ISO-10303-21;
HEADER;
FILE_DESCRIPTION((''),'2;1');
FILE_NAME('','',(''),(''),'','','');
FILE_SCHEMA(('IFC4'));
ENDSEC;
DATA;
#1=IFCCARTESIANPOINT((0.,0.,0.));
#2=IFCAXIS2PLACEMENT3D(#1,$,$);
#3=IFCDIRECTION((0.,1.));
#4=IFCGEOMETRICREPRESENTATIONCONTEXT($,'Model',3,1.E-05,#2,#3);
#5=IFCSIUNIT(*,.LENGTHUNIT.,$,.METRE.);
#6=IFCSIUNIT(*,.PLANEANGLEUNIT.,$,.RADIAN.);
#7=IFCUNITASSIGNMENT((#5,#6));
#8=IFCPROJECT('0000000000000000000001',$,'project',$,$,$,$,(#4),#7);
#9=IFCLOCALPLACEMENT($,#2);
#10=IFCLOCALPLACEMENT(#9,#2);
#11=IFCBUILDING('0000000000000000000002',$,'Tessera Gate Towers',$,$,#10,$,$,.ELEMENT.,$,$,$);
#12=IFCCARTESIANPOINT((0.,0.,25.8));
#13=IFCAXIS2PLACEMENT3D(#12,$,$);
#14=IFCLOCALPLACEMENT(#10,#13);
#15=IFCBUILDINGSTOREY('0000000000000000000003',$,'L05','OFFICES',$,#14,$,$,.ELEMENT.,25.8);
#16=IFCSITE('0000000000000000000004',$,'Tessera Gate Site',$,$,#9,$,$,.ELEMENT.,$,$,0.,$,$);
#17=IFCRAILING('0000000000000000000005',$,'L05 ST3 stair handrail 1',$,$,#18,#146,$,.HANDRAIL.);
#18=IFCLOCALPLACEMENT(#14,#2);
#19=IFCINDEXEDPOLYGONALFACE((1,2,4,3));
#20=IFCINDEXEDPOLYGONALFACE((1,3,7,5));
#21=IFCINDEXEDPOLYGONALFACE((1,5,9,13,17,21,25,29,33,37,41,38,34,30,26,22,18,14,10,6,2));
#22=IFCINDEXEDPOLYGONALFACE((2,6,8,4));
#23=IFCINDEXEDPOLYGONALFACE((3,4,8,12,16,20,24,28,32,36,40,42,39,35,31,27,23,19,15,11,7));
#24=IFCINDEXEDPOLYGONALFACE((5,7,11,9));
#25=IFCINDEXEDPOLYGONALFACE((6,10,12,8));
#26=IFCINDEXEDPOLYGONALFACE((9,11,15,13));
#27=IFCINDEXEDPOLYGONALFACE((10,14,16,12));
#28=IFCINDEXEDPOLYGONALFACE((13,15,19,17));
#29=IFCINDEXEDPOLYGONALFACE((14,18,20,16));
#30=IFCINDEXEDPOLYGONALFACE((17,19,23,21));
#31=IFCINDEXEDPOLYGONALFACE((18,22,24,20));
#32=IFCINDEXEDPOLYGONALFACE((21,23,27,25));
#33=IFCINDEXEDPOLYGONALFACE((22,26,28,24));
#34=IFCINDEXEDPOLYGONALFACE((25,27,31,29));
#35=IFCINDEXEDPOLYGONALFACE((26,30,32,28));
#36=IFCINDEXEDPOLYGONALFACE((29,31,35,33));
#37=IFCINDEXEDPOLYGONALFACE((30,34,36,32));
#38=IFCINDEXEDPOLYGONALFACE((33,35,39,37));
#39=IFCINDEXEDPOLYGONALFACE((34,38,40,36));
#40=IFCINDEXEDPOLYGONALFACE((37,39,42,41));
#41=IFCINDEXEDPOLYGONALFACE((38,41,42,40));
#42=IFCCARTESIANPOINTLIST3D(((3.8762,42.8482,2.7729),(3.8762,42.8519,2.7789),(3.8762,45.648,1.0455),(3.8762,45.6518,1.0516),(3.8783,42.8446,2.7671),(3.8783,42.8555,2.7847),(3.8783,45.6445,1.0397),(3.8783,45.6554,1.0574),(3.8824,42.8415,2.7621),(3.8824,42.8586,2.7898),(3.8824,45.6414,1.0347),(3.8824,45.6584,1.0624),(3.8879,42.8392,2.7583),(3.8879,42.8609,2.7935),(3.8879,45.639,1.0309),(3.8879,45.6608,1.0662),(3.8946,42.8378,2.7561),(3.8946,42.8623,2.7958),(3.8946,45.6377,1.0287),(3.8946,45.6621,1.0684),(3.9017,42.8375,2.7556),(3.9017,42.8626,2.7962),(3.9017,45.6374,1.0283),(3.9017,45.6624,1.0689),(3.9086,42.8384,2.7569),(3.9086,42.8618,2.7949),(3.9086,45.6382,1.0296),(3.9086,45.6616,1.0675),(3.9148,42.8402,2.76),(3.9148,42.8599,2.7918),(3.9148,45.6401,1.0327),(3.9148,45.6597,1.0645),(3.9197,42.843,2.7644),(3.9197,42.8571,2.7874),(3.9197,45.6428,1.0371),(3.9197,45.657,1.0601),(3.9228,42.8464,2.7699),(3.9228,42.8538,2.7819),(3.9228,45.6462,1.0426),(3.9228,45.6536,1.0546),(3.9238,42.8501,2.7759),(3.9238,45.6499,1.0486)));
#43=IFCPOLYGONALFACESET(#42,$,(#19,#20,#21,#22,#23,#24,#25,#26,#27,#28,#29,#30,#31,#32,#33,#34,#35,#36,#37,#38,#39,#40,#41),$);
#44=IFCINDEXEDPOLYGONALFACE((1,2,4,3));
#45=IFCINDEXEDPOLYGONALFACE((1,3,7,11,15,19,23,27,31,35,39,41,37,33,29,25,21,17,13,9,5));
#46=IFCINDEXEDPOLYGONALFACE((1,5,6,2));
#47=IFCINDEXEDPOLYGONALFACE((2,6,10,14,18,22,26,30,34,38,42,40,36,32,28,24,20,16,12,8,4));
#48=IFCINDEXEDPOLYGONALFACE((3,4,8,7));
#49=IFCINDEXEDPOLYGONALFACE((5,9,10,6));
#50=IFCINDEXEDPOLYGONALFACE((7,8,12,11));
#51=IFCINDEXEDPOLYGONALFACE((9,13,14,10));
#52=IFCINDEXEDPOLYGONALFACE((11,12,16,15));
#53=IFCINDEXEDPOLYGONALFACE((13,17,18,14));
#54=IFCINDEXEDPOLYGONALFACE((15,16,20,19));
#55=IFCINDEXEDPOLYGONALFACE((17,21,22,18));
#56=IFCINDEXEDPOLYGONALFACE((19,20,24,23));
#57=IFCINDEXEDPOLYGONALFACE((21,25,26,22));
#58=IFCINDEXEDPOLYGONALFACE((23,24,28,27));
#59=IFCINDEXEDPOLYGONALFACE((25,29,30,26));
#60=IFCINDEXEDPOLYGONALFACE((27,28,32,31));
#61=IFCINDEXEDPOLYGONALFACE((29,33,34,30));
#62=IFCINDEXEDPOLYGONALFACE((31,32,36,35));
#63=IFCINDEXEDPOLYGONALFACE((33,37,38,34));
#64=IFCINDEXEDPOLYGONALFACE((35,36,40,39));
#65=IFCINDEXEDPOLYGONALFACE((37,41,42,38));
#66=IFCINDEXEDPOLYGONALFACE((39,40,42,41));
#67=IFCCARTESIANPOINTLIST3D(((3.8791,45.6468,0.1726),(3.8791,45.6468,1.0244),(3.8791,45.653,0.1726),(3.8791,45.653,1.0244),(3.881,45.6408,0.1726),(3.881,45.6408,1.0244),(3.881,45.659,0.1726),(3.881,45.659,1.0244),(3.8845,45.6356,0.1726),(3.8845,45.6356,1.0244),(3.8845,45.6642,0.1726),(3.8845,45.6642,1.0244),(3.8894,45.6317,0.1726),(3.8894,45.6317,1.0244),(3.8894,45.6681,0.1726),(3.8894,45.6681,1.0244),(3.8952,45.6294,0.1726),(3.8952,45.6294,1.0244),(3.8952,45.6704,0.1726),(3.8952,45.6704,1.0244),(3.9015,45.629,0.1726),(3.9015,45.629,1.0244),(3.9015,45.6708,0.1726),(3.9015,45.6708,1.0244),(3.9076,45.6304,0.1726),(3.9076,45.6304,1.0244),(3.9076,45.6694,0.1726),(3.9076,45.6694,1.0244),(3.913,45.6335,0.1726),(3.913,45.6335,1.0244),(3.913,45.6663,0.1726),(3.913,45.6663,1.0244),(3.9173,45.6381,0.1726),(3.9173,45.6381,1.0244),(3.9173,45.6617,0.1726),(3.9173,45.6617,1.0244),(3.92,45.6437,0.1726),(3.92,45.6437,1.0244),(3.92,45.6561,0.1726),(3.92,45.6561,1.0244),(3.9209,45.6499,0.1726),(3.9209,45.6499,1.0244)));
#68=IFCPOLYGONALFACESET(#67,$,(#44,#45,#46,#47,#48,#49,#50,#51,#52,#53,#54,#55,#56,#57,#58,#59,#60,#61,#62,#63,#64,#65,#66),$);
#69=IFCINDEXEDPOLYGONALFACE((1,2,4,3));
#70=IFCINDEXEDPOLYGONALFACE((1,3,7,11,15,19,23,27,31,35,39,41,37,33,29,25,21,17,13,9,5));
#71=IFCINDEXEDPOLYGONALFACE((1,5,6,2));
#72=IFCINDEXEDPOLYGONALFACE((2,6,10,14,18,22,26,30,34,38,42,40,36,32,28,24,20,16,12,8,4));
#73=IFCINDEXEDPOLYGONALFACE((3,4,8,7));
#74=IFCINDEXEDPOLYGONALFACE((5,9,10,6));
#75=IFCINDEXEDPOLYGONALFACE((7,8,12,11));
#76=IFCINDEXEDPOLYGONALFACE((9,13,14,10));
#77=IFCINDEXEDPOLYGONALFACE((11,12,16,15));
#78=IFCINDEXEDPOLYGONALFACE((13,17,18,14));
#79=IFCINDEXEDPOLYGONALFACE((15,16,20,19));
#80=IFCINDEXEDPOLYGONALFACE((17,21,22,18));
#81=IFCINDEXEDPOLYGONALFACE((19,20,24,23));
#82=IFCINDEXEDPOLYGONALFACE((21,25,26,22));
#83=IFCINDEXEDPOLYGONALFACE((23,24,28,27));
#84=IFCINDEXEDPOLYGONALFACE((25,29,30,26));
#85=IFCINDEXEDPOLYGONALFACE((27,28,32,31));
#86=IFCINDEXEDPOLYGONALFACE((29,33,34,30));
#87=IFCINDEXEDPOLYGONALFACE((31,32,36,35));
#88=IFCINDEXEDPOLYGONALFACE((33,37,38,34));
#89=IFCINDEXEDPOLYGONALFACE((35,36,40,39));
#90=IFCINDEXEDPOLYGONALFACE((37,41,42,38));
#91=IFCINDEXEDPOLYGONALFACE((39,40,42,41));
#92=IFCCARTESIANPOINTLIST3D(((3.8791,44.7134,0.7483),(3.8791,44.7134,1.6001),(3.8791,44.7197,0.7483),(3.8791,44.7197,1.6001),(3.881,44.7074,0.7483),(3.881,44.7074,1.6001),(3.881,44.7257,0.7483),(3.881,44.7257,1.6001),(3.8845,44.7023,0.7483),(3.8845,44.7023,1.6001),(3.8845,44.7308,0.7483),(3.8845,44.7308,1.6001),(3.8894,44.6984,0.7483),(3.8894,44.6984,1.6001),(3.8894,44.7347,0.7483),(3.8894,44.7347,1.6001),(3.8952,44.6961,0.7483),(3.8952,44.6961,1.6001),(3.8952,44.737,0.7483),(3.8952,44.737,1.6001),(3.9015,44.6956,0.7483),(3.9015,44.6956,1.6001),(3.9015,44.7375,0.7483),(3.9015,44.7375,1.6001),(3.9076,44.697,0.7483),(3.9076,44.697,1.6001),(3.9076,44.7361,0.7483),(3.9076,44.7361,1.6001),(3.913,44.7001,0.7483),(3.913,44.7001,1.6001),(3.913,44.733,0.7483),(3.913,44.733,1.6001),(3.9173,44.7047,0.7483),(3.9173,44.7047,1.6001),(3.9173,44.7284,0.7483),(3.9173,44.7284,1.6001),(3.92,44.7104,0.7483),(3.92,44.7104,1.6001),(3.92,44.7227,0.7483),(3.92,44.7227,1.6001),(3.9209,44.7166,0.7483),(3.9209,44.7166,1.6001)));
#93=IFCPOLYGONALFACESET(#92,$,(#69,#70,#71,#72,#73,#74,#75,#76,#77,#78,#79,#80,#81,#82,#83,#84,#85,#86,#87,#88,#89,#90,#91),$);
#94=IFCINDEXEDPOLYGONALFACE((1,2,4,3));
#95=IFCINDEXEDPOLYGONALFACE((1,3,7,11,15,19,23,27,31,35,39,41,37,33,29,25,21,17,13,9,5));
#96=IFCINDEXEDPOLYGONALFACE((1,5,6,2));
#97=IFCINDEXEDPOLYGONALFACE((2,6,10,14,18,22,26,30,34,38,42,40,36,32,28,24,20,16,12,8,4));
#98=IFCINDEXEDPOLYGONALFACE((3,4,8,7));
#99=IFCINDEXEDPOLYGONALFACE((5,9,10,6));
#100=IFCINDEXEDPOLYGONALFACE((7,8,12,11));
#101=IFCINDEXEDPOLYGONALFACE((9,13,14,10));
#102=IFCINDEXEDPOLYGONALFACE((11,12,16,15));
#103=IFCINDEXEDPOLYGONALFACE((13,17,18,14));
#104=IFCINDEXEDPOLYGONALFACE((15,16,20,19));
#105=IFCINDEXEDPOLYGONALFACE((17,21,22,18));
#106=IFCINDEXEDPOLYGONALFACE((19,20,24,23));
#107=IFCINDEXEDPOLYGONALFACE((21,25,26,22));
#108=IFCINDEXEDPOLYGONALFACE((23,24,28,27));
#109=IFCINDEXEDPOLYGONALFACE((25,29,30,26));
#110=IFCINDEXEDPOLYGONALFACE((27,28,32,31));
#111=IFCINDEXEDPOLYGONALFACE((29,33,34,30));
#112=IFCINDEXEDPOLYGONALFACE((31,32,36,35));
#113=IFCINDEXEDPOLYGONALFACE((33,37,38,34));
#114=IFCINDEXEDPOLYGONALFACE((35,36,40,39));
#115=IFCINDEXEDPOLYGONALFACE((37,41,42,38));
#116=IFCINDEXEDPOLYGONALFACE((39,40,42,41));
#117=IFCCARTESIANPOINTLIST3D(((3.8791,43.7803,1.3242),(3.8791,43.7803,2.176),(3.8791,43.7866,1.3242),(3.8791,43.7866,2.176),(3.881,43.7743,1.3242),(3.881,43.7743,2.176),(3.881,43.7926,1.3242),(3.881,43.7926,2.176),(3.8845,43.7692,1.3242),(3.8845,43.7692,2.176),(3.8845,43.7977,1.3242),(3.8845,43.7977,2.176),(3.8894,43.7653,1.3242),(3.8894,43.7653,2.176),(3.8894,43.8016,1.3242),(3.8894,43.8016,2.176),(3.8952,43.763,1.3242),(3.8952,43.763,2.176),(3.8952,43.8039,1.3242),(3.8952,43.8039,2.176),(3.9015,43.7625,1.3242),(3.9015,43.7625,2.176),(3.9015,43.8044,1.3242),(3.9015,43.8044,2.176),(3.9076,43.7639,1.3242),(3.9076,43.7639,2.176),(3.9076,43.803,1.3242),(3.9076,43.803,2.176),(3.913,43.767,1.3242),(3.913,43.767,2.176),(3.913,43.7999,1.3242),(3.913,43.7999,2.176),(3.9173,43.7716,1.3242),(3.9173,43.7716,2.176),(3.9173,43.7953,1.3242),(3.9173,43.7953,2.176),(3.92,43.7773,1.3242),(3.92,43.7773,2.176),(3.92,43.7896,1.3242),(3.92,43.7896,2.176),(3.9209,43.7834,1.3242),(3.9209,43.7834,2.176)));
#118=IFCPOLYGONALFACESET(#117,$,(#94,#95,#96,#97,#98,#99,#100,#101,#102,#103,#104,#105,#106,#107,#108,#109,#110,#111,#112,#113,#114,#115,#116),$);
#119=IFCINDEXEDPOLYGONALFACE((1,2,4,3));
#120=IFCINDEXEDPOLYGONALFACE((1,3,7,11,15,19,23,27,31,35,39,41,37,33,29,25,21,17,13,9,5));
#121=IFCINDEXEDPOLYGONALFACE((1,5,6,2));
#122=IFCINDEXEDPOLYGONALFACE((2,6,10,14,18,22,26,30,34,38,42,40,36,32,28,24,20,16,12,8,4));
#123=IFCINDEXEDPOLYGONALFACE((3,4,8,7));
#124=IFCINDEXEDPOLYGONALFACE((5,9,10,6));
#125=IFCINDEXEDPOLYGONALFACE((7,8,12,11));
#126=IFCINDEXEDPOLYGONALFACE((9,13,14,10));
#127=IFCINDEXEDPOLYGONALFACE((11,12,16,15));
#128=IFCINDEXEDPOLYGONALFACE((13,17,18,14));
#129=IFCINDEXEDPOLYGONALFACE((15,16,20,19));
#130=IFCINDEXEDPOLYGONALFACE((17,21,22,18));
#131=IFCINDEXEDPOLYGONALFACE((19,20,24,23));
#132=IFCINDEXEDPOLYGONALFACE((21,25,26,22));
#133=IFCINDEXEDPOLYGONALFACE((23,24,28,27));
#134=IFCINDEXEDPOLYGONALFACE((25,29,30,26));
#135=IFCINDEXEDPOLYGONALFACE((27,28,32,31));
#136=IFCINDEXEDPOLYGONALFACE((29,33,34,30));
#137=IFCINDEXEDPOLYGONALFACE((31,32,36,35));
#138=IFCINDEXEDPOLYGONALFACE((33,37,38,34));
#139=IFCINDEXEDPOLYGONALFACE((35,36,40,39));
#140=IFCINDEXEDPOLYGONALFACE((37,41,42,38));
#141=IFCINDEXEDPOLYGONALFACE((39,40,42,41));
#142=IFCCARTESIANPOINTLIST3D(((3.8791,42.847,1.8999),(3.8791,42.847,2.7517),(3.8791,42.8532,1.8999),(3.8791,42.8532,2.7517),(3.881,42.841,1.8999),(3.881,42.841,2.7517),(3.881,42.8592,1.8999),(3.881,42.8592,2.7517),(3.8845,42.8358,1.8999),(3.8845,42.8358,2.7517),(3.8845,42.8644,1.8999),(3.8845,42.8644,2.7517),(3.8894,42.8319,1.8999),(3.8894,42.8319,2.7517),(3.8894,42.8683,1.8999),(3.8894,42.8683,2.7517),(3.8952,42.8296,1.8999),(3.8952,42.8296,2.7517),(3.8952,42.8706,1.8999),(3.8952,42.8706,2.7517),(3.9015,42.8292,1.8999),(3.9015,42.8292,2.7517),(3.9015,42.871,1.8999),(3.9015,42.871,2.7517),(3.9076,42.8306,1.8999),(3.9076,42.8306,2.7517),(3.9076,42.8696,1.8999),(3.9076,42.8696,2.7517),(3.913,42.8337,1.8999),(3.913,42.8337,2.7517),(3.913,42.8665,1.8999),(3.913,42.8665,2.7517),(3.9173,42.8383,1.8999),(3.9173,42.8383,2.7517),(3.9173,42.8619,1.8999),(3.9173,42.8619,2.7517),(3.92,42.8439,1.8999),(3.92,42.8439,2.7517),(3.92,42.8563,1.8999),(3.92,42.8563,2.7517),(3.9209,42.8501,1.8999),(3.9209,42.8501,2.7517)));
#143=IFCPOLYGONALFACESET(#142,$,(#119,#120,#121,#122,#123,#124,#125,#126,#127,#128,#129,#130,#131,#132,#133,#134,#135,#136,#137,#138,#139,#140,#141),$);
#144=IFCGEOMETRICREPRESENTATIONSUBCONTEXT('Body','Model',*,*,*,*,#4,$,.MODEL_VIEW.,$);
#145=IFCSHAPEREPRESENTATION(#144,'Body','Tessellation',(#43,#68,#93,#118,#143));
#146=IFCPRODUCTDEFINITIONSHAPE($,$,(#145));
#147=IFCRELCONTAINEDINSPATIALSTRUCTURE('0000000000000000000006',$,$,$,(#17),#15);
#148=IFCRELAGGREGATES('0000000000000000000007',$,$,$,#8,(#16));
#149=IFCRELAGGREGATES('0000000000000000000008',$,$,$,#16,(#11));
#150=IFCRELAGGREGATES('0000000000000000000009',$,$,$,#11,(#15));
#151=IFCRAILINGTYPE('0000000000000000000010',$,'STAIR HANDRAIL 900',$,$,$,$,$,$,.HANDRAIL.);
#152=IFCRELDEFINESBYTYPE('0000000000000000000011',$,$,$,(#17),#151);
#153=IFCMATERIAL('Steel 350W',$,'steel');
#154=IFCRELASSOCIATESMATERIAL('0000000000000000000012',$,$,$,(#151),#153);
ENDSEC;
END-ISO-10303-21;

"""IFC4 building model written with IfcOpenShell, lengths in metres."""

from ifc_helpers import new_model, si_unit, direction, frame, origin, origin_2d, place, context, subcontext, project, spatial, circle, extrude, material, type_object, element, save


model = new_model("IFC4")

# Units and contexts
model_context = context("Model", 3, precision=1e-05, world=origin(), true_north=direction((0.0, 1.0)))
body_context = subcontext(model_context, "Body", "Model", "MODEL_VIEW")
ifc_project = project(units=[si_unit("LENGTHUNIT", "METRE"), si_unit("PLANEANGLEUNIT", "RADIAN")], contexts=[model_context])

# Site, building, storey
site_placement = place(None, origin())
site = spatial("IfcSite", under=ifc_project, at=site_placement, Name="Tessera Gate Site", CompositionType="ELEMENT", RefElevation=0.0)
building_placement = place(site_placement, origin())
building = spatial("IfcBuilding", under=site, at=building_placement, Name="Tessera Gate Towers", CompositionType="ELEMENT")
storey_placement = place(building_placement, frame((0.0, 0.0, 25.8)))
storey = spatial("IfcBuildingStorey", under=building, at=storey_placement, Name="L05", Description="OFFICES", CompositionType="ELEMENT", Elevation=25.8)

# Railing
ifc_material_1 = material(Name="Steel 350W", Category="steel")
railing_type_1 = type_object("IfcRailingType", Name="STAIR HANDRAIL 900", PredefinedType="HANDRAIL", material=ifc_material_1)
railing_1_placement = place(storey_placement, frame((3.8999, 45.6499, 0.1726)))
element("IfcRailing", 1, at=railing_1_placement, inside=storey, type_object=railing_type_1, Name="L05 ST3 stair handrail 1", PredefinedType="HANDRAIL", context=body_context, shape_type="SweptSolid", body=[
    extrude(circle(Radius=0.0239, at=origin_2d()), frame((0.0, 0.0, 0.876), z_axis=(0.0, -0.851069, 0.525054), x_axis=(1.0, 0.0, 0.0)), (0.0, 0.0, 1.0), 3.2898),
    extrude(circle(Radius=0.021, at=origin_2d()), origin(), (0.0, 0.0, 1.0), 0.8518),
    extrude(circle(Radius=0.021, at=origin_2d()), frame((0.0, -0.9333, 0.5757)), (0.0, 0.0, 1.0), 0.8518),
    extrude(circle(Radius=0.021, at=origin_2d()), frame((0.0, -1.8665, 1.1516)), (0.0, 0.0, 1.0), 0.8518),
    extrude(circle(Radius=0.021, at=origin_2d()), frame((0.0, -2.7998, 1.7273)), (0.0, 0.0, 1.0), 0.8518),
])

save(model, "model.ifc")
